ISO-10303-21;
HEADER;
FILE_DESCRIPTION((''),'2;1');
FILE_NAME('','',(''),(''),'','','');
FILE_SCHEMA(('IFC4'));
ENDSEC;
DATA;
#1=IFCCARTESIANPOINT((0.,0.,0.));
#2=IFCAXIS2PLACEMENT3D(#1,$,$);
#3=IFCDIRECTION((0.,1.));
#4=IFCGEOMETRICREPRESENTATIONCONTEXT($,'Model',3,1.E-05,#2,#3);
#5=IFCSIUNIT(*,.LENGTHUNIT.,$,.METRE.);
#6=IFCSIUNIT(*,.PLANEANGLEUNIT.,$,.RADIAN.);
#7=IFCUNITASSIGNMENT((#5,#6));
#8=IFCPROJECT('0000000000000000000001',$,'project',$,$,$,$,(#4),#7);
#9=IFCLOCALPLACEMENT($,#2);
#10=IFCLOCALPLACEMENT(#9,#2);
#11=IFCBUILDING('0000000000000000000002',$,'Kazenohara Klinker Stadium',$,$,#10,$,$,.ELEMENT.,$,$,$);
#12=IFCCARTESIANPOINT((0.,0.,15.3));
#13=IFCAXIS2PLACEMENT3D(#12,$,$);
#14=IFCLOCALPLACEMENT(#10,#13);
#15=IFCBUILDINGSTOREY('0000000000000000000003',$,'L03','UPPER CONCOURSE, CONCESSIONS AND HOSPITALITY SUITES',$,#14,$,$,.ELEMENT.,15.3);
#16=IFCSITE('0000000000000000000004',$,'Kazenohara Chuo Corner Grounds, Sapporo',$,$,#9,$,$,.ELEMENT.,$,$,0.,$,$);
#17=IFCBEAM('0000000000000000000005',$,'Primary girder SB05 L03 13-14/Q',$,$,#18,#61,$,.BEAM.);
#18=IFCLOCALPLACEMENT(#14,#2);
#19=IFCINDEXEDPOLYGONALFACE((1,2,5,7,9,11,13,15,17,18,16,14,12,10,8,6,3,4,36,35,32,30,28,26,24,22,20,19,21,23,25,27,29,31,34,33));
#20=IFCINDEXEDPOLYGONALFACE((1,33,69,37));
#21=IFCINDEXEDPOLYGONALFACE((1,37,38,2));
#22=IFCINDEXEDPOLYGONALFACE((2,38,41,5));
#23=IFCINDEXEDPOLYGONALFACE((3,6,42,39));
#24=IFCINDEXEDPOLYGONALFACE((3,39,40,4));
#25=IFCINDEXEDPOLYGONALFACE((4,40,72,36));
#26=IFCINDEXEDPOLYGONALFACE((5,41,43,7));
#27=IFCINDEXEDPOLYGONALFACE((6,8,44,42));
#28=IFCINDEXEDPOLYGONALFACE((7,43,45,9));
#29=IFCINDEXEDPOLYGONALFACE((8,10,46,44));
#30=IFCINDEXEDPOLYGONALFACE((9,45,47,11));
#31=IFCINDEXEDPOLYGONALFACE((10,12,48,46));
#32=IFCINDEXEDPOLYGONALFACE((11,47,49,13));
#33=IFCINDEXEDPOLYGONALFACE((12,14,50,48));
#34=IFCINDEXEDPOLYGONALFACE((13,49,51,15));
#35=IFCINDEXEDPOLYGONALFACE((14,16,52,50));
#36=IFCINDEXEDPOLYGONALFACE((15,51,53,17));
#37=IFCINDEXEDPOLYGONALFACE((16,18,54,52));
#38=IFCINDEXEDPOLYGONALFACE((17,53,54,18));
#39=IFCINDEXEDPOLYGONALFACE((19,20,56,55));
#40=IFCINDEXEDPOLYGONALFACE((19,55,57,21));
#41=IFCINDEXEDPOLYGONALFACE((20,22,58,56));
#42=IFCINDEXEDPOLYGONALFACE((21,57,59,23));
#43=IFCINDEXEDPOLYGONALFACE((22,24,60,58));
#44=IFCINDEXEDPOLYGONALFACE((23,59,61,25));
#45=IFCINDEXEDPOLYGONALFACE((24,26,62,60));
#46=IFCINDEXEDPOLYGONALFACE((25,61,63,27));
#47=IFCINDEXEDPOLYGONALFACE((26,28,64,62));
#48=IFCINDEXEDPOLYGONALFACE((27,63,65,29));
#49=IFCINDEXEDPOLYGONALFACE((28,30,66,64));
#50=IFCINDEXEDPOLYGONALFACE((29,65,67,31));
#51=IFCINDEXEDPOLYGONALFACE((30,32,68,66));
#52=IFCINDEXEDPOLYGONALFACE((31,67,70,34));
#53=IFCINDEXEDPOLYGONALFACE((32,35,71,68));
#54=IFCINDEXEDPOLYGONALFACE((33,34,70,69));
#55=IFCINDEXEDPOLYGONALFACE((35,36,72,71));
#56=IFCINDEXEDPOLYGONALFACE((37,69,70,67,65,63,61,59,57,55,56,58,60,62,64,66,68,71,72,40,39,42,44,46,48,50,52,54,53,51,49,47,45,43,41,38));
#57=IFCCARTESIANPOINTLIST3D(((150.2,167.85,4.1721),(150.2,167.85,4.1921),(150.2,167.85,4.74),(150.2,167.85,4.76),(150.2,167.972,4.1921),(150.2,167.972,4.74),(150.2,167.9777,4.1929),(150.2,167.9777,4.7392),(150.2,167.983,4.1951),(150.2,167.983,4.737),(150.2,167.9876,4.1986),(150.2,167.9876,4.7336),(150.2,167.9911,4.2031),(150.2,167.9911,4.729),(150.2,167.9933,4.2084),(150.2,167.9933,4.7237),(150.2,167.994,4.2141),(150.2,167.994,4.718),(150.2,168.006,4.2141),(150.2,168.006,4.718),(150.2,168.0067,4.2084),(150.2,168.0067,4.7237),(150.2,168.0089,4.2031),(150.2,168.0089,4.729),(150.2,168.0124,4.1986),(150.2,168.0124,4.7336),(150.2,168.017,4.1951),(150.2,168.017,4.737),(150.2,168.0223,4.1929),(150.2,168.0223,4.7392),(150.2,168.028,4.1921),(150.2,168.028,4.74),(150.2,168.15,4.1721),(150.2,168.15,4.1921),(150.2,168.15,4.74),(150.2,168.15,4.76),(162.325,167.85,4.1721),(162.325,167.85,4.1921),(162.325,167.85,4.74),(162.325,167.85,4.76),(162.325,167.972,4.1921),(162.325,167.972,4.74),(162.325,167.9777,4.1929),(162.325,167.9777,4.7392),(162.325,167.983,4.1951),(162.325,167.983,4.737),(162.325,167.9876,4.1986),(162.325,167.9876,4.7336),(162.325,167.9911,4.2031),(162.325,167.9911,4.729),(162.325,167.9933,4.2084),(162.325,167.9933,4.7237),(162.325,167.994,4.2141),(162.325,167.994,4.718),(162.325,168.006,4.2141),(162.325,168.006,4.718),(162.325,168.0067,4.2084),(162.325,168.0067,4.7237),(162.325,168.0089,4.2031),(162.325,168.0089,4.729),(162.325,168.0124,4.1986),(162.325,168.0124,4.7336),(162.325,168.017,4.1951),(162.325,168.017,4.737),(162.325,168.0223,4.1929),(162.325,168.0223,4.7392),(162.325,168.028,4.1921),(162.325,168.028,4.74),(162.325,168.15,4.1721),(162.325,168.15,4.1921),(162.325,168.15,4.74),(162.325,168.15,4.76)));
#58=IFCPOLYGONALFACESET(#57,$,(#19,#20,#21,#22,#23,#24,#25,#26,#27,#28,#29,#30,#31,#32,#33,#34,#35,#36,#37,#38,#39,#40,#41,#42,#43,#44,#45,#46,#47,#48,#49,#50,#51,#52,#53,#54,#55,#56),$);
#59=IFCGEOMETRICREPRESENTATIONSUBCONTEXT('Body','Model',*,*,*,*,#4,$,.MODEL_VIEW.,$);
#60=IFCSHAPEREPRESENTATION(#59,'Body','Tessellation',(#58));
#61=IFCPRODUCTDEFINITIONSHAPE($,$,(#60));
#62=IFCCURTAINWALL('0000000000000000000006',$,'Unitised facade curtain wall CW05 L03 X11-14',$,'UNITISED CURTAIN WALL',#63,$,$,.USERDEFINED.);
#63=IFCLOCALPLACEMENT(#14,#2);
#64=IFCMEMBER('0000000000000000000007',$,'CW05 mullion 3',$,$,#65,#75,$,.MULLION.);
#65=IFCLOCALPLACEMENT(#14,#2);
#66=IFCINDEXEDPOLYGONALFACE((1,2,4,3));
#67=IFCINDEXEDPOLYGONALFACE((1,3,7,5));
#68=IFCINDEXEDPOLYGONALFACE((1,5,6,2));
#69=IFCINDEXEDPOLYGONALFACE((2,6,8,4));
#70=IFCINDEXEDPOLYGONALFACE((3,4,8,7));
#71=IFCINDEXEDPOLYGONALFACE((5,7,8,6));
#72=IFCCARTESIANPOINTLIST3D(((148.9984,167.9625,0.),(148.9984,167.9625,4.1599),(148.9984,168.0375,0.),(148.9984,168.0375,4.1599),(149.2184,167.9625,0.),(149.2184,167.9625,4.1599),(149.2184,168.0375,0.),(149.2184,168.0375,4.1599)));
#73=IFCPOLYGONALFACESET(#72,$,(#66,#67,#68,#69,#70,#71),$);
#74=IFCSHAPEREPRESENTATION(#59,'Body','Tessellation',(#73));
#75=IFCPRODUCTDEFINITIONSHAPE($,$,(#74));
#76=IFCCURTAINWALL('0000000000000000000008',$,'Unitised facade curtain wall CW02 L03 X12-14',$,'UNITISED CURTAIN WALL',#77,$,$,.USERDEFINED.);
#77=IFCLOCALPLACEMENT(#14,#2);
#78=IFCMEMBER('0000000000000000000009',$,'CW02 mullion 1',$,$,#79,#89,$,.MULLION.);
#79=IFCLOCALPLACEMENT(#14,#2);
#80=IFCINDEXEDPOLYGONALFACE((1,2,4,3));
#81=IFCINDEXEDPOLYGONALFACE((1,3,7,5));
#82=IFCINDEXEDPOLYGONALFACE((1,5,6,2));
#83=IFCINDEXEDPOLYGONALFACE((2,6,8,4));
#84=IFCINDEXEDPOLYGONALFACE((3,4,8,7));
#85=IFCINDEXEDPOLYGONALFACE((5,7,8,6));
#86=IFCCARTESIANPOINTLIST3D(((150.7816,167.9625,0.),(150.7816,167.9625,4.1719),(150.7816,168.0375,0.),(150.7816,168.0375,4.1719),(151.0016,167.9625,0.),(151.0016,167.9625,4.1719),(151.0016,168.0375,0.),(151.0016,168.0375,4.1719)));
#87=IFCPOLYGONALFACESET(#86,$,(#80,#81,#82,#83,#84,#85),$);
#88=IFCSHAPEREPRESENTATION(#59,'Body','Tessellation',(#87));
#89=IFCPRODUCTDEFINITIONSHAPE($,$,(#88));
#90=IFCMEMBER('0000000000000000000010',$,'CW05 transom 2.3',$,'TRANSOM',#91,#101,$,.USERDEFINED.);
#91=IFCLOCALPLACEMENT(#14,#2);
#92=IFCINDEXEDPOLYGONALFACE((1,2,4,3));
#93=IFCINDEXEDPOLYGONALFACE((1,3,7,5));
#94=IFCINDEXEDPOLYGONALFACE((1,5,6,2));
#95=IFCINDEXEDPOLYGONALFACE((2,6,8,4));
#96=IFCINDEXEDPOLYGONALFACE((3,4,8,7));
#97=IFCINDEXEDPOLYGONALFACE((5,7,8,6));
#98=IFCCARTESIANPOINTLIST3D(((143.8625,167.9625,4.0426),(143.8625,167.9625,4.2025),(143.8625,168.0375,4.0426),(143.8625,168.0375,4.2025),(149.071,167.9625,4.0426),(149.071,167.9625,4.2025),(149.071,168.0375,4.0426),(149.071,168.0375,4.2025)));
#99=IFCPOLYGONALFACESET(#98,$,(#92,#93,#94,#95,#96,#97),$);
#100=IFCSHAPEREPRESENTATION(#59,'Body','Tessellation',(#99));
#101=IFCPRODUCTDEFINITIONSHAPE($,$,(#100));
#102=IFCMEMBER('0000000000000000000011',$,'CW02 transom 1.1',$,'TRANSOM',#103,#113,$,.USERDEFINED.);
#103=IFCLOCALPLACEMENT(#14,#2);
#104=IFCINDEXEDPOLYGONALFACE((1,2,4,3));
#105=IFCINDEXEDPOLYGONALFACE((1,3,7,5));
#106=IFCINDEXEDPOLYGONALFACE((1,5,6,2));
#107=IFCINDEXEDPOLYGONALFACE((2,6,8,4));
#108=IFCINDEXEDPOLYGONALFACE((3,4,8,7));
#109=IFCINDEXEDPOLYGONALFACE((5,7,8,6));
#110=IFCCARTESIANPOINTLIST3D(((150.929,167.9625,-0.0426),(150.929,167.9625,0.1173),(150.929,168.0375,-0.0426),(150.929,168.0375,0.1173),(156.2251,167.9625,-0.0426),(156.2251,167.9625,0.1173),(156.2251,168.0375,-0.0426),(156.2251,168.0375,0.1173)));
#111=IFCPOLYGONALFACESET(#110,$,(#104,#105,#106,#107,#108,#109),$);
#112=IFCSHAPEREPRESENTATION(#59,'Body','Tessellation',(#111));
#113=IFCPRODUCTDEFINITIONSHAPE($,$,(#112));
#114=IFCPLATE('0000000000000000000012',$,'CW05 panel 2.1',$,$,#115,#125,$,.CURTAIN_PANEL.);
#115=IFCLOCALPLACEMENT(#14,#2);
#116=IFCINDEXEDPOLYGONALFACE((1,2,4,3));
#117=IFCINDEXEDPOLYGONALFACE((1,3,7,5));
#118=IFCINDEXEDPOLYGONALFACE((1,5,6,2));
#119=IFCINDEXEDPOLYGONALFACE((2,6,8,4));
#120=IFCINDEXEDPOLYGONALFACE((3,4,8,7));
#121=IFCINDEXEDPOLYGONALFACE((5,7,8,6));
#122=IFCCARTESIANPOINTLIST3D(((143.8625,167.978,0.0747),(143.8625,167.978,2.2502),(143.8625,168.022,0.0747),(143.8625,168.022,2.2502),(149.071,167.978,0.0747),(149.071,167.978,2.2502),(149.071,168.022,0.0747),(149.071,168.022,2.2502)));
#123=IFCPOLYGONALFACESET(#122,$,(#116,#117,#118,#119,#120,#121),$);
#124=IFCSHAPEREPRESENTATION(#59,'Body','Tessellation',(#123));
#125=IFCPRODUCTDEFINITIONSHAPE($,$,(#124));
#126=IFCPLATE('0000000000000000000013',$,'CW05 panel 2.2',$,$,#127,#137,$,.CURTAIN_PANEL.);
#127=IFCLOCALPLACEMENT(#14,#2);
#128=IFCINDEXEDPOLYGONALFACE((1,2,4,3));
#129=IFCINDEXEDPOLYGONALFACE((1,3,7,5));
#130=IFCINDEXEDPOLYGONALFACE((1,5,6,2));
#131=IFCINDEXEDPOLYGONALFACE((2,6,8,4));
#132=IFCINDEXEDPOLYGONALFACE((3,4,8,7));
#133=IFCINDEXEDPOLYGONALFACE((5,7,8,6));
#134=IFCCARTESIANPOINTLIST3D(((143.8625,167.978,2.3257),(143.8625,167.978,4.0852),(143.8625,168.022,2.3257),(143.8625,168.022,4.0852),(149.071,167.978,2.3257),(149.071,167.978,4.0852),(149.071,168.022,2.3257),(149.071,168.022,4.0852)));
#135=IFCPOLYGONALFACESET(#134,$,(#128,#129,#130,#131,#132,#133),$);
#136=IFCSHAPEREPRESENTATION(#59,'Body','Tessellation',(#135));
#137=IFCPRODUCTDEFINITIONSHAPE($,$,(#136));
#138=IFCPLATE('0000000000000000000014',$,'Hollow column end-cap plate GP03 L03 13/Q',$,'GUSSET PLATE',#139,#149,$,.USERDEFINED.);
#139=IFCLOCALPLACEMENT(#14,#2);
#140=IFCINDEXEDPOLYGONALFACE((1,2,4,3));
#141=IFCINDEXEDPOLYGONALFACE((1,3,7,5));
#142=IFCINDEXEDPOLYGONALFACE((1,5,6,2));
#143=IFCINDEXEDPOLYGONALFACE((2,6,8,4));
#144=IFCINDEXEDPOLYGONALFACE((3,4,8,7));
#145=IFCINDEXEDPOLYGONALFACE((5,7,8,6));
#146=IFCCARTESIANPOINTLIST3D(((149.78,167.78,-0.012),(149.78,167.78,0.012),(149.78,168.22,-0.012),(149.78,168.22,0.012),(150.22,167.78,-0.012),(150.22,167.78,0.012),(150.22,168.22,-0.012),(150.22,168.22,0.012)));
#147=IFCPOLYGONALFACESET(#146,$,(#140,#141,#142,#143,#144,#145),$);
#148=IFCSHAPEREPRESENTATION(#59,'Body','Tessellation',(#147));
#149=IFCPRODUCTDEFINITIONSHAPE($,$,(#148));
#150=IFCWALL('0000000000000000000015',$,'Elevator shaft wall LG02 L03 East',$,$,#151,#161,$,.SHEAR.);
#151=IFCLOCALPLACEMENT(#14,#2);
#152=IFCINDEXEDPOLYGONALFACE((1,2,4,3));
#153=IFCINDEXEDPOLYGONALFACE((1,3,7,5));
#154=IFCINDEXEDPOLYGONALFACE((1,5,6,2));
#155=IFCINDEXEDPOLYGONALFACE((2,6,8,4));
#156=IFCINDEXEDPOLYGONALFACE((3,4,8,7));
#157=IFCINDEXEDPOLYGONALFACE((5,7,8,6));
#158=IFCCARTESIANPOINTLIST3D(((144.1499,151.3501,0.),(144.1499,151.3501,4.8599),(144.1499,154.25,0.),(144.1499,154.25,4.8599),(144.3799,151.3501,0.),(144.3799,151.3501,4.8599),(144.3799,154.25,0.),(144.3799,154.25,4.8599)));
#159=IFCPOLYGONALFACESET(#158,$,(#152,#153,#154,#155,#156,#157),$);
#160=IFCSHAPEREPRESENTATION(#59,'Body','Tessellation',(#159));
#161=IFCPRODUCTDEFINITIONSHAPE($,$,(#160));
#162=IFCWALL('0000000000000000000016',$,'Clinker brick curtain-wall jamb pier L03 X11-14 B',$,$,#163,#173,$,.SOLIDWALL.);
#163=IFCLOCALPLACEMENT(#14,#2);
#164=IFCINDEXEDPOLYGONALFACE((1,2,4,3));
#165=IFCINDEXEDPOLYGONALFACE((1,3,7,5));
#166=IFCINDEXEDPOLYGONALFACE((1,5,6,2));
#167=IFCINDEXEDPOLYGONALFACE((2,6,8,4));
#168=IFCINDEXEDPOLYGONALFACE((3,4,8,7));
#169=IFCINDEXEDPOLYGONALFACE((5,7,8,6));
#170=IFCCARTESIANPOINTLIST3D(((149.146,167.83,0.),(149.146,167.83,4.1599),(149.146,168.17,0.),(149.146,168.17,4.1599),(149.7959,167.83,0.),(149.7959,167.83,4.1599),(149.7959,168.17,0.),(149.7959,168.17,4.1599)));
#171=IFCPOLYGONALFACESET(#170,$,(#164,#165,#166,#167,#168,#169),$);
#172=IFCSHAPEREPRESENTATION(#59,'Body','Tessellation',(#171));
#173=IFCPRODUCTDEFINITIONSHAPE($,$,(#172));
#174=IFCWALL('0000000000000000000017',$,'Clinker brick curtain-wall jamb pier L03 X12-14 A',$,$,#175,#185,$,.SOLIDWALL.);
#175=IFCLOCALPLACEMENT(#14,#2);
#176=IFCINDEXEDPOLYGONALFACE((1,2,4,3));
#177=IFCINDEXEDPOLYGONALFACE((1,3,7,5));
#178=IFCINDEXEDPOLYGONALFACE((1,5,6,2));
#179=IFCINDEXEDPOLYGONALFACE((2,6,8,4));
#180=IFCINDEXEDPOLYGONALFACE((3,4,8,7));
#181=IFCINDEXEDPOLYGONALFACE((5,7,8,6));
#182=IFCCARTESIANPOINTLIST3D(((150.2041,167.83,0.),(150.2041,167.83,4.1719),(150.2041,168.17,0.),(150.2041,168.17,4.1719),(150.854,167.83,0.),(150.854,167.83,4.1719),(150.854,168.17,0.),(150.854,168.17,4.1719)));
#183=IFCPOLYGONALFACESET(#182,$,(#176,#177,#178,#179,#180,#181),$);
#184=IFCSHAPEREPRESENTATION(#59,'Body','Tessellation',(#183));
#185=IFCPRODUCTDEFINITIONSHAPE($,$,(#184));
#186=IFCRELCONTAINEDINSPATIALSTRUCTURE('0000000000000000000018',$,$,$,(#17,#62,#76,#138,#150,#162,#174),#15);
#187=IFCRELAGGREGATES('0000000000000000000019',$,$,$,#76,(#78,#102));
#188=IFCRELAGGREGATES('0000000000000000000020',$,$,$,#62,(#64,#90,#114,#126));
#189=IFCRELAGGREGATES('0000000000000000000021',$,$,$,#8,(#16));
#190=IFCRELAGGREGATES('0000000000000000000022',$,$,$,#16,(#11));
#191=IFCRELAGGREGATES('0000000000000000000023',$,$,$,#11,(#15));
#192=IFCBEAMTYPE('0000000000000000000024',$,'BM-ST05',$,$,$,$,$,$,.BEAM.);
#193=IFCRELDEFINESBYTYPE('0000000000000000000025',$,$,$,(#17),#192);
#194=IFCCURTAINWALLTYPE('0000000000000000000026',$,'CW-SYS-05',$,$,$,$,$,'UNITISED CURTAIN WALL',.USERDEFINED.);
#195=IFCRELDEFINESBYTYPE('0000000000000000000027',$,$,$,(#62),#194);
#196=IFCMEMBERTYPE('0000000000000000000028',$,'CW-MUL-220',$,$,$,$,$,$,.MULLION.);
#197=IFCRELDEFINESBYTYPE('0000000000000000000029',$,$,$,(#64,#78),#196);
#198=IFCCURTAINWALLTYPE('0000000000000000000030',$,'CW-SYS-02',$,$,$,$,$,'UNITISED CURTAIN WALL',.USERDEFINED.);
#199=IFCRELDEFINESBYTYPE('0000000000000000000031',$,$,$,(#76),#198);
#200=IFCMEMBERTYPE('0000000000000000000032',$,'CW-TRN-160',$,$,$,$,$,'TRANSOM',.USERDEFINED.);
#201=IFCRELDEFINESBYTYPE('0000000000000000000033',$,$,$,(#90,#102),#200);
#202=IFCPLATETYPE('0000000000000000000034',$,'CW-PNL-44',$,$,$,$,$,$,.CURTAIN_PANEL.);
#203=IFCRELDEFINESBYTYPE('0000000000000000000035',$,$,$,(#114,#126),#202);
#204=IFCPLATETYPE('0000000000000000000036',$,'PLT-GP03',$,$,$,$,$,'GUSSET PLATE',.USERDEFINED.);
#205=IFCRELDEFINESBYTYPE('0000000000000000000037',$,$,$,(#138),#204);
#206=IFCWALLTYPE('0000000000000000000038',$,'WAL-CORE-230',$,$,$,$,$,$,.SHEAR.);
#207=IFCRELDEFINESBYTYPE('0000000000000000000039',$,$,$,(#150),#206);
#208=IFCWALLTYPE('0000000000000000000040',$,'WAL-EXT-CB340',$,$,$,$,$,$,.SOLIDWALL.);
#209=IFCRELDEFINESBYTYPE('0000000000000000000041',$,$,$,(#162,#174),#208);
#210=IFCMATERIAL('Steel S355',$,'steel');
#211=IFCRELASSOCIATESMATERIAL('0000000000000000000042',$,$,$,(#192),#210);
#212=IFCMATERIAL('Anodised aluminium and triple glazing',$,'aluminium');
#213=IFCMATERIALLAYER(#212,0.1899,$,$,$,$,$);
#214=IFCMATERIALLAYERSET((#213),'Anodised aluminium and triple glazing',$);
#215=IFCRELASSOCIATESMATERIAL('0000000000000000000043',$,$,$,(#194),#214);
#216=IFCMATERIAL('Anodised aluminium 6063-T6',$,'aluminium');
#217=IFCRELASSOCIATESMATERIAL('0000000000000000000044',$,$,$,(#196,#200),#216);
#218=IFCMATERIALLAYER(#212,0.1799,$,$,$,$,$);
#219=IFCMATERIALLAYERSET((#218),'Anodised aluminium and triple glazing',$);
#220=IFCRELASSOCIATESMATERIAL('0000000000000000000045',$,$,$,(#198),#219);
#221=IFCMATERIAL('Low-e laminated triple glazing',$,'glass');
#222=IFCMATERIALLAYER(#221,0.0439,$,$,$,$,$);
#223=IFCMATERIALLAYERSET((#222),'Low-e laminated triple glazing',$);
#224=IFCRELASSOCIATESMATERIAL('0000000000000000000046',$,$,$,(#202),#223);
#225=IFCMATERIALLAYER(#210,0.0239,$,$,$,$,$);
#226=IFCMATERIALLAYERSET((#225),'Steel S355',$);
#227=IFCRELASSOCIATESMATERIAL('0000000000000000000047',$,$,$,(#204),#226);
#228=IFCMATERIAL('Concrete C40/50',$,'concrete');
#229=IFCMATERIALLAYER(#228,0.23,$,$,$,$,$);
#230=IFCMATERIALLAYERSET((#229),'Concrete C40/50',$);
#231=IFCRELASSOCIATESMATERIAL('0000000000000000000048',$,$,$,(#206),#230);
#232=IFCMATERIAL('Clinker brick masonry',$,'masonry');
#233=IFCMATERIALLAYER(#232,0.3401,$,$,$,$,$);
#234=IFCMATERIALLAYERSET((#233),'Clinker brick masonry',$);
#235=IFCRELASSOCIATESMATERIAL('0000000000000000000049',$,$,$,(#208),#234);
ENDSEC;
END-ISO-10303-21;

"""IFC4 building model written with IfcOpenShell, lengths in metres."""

from ifc_helpers import new_model, si_unit, direction, frame, frame_2d, origin, origin_2d, place, context, subcontext, project, spatial, rectangle, i_section, extrude, material, layer, layer_set, material_profile, profile_set, type_object, element, aggregate, save


model = new_model("IFC4")

# Units and contexts
model_context = context("Model", 3, precision=1e-05, world=origin(), true_north=direction((0.0, 1.0)))
body_context = subcontext(model_context, "Body", "Model", "MODEL_VIEW")
ifc_project = project(units=[si_unit("LENGTHUNIT", "METRE"), si_unit("PLANEANGLEUNIT", "RADIAN")], contexts=[model_context])

# Site, building, storey
site_placement = place(None, origin())
site = spatial("IfcSite", under=ifc_project, at=site_placement, Name="Kazenohara Chuo Corner Grounds, Sapporo", CompositionType="ELEMENT", RefElevation=0.0)
building_placement = place(site_placement, origin())
building = spatial("IfcBuilding", under=site, at=building_placement, Name="Kazenohara Klinker Stadium", CompositionType="ELEMENT")
storey_placement = place(building_placement, frame((0.0, 0.0, 15.3)))
storey = spatial("IfcBuildingStorey", under=building, at=storey_placement, Name="L03", Description="UPPER CONCOURSE, CONCESSIONS AND HOSPITALITY SUITES", CompositionType="ELEMENT", Elevation=15.3)

# Shared definitions
ifc_material_1 = material(Name="Concrete C40/50", Category="concrete")
ifc_material_2 = material(Name="Steel S355", Category="steel")

# Beam
ifc_material_profile_1 = material_profile(ifc_material_2, i_section(OverallWidth=0.3, OverallDepth=0.5879, WebThickness=0.012, FlangeThickness=0.02, FilletRadius=0.022, at=origin_2d()), Name="H-588x300x12x20")
ifc_profile_set_1 = profile_set([ifc_material_profile_1], Name="Steel S355")
beam_type_1 = type_object("IfcBeamType", Name="BM-ST05", PredefinedType="BEAM", material=ifc_profile_set_1)
beam_1_placement = place(storey_placement, frame((150.2, 168.0, 4.4661), z_axis=(1.0, 0.0, 0.0), x_axis=(0.0, 1.0, 0.0)))
element("IfcBeam", 1, at=beam_1_placement, inside=storey, type_object=beam_type_1, Name="Primary girder SB05 L03 13-14/Q", PredefinedType="BEAM", context=body_context, shape_type="SweptSolid", body=[
    extrude(i_section(OverallWidth=0.3, OverallDepth=0.5879, WebThickness=0.012, FlangeThickness=0.02, FilletRadius=0.022, at=origin_2d()), origin(), (0.0, 0.0, 1.0), 12.125),
])

# Curtain walls, members
ifc_material_3 = material(Name="Anodised aluminium and triple glazing", Category="aluminium")
ifc_layer_1 = layer(ifc_material_3, 0.1899)
ifc_layer_set_1 = layer_set([ifc_layer_1], Name="Anodised aluminium and triple glazing")
curtain_wall_type_1 = type_object("IfcCurtainWallType", Name="CW-SYS-05", ElementType="UNITISED CURTAIN WALL", PredefinedType="USERDEFINED", material=ifc_layer_set_1)
curtain_wall_1_placement = place(storey_placement, origin())
curtain_wall_1 = element("IfcCurtainWall", 2, at=curtain_wall_1_placement, inside=storey, type_object=curtain_wall_type_1, Name="Unitised facade curtain wall CW05 L03 X11-14", ObjectType="UNITISED CURTAIN WALL", PredefinedType="USERDEFINED")
ifc_material_4 = material(Name="Anodised aluminium 6063-T6", Category="aluminium")
ifc_material_profile_2 = material_profile(ifc_material_4, rectangle(XDim=0.075, YDim=0.22, at=origin_2d()), Name="ALU-MUL-75x220")
ifc_profile_set_2 = profile_set([ifc_material_profile_2], Name="Anodised aluminium 6063-T6")
member_type_1 = type_object("IfcMemberType", Name="CW-MUL-220", PredefinedType="MULLION", material=ifc_profile_set_2)
member_1_placement = place(storey_placement, frame((149.1084, 168.0, 0.0), z_axis=(0.0, 0.0, 1.0), x_axis=(0.0, 1.0, 0.0)))
member_1 = element("IfcMember", 3, at=member_1_placement, type_object=member_type_1, Name="CW05 mullion 3", PredefinedType="MULLION", context=body_context, shape_type="SweptSolid", body=[
    extrude(rectangle(XDim=0.075, YDim=0.22, at=origin_2d()), origin(), (0.0, 0.0, 1.0), 4.1599),
])
ifc_layer_2 = layer(ifc_material_3, 0.1799)
ifc_layer_set_2 = layer_set([ifc_layer_2], Name="Anodised aluminium and triple glazing")
curtain_wall_type_2 = type_object("IfcCurtainWallType", Name="CW-SYS-02", ElementType="UNITISED CURTAIN WALL", PredefinedType="USERDEFINED", material=ifc_layer_set_2)
curtain_wall_2_placement = place(storey_placement, origin())
curtain_wall_2 = element("IfcCurtainWall", 4, at=curtain_wall_2_placement, inside=storey, type_object=curtain_wall_type_2, Name="Unitised facade curtain wall CW02 L03 X12-14", ObjectType="UNITISED CURTAIN WALL", PredefinedType="USERDEFINED")
member_2_placement = place(storey_placement, frame((150.8916, 168.0, 0.0), z_axis=(0.0, 0.0, 1.0), x_axis=(0.0, 1.0, 0.0)))
member_2 = element("IfcMember", 5, at=member_2_placement, type_object=member_type_1, Name="CW02 mullion 1", PredefinedType="MULLION", context=body_context, shape_type="SweptSolid", body=[
    extrude(rectangle(XDim=0.075, YDim=0.22, at=origin_2d()), origin(), (0.0, 0.0, 1.0), 4.1719),
])

# Members
ifc_material_profile_3 = material_profile(ifc_material_4, rectangle(XDim=0.075, YDim=0.1599, at=origin_2d()), Name="ALU-TRN-75x160")
ifc_profile_set_3 = profile_set([ifc_material_profile_3], Name="Anodised aluminium 6063-T6")
member_type_2 = type_object("IfcMemberType", Name="CW-TRN-160", ElementType="TRANSOM", PredefinedType="USERDEFINED", material=ifc_profile_set_3)
member_3_placement = place(storey_placement, frame((143.8625, 168.0, 4.1226), z_axis=(1.0, 0.0, 0.0), x_axis=(0.0, 1.0, 0.0)))
member_3 = element("IfcMember", 6, at=member_3_placement, type_object=member_type_2, Name="CW05 transom 2.3", ObjectType="TRANSOM", PredefinedType="USERDEFINED", context=body_context, shape_type="SweptSolid", body=[
    extrude(rectangle(XDim=0.075, YDim=0.1599, at=origin_2d()), origin(), (0.0, 0.0, 1.0), 5.2085),
])
member_4_placement = place(storey_placement, frame((150.929, 168.0, 0.0374), z_axis=(1.0, 0.0, 0.0), x_axis=(0.0, 1.0, 0.0)))
member_4 = element("IfcMember", 7, at=member_4_placement, type_object=member_type_2, Name="CW02 transom 1.1", ObjectType="TRANSOM", PredefinedType="USERDEFINED", context=body_context, shape_type="SweptSolid", body=[
    extrude(rectangle(XDim=0.075, YDim=0.1599, at=origin_2d()), origin(), (0.0, 0.0, 1.0), 5.2961),
])
aggregate(curtain_wall_2, [member_2, member_4])

# Plates
ifc_material_5 = material(Name="Low-e laminated triple glazing", Category="glass")
ifc_layer_3 = layer(ifc_material_5, 0.0439)
ifc_layer_set_3 = layer_set([ifc_layer_3], Name="Low-e laminated triple glazing")
plate_type_1 = type_object("IfcPlateType", Name="CW-PNL-44", PredefinedType="CURTAIN_PANEL", material=ifc_layer_set_3)
plate_1_placement = place(storey_placement, frame((146.4668, 168.0, 0.0747), z_axis=(0.0, 0.0, 1.0), x_axis=(1.0, 0.0, 0.0)))
plate_1 = element("IfcPlate", 8, at=plate_1_placement, type_object=plate_type_1, Name="CW05 panel 2.1", PredefinedType="CURTAIN_PANEL", context=body_context, shape_type="SweptSolid", body=[
    extrude(rectangle(XDim=5.2085, YDim=0.0439, at=origin_2d()), origin(), (0.0, 0.0, 1.0), 2.1755),
])
plate_2_placement = place(storey_placement, frame((146.4668, 168.0, 2.3257), z_axis=(0.0, 0.0, 1.0), x_axis=(1.0, 0.0, 0.0)))
plate_2 = element("IfcPlate", 9, at=plate_2_placement, type_object=plate_type_1, Name="CW05 panel 2.2", PredefinedType="CURTAIN_PANEL", context=body_context, shape_type="SweptSolid", body=[
    extrude(rectangle(XDim=5.2085, YDim=0.0439, at=origin_2d()), origin(), (0.0, 0.0, 1.0), 1.7595),
])
aggregate(curtain_wall_1, [member_1, member_3, plate_1, plate_2])
ifc_layer_4 = layer(ifc_material_2, 0.0239)
ifc_layer_set_4 = layer_set([ifc_layer_4], Name="Steel S355")
plate_type_2 = type_object("IfcPlateType", Name="PLT-GP03", ElementType="GUSSET PLATE", PredefinedType="USERDEFINED", material=ifc_layer_set_4)
plate_3_placement = place(storey_placement, frame((150.0, 168.0, -0.012), z_axis=(0.0, 0.0, 1.0), x_axis=(1.0, 0.0, 0.0)))
element("IfcPlate", 10, at=plate_3_placement, inside=storey, type_object=plate_type_2, Name="Hollow column end-cap plate GP03 L03 13/Q", ObjectType="GUSSET PLATE", PredefinedType="USERDEFINED", context=body_context, shape_type="SweptSolid", body=[
    extrude(rectangle(XDim=0.4399, YDim=0.4399, at=origin_2d()), origin(), (0.0, 0.0, 1.0), 0.0239),
])

# Walls
ifc_layer_5 = layer(ifc_material_1, 0.23)
ifc_layer_set_5 = layer_set([ifc_layer_5], Name="Concrete C40/50")
wall_type_1 = type_object("IfcWallType", Name="WAL-CORE-230", PredefinedType="SHEAR", material=ifc_layer_set_5)
wall_1_placement = place(storey_placement, frame((144.2649, 151.3501, 0.0), z_axis=(0.0, 0.0, 1.0), x_axis=(0.0, 1.0, 0.0)))
element("IfcWall", 11, at=wall_1_placement, inside=storey, type_object=wall_type_1, Name="Elevator shaft wall LG02 L03 East", PredefinedType="SHEAR", context=body_context, shape_type="SweptSolid", body=[
    extrude(rectangle(XDim=2.8999, YDim=0.23, at=frame_2d((1.45, 0.0))), origin(), (0.0, 0.0, 1.0), 4.8599),
])
ifc_material_6 = material(Name="Clinker brick masonry", Category="masonry")
ifc_layer_6 = layer(ifc_material_6, 0.3401)
ifc_layer_set_6 = layer_set([ifc_layer_6], Name="Clinker brick masonry")
wall_type_2 = type_object("IfcWallType", Name="WAL-EXT-CB340", PredefinedType="SOLIDWALL", material=ifc_layer_set_6)
wall_2_placement = place(storey_placement, frame((149.146, 168.0, 0.0), z_axis=(0.0, 0.0, 1.0), x_axis=(1.0, 0.0, 0.0)))
element("IfcWall", 12, at=wall_2_placement, inside=storey, type_object=wall_type_2, Name="Clinker brick curtain-wall jamb pier L03 X11-14 B", PredefinedType="SOLIDWALL", context=body_context, shape_type="SweptSolid", body=[
    extrude(rectangle(XDim=0.6499, YDim=0.3401, at=frame_2d((0.325, 0.0))), origin(), (0.0, 0.0, 1.0), 4.1599),
])
wall_3_placement = place(storey_placement, frame((150.2041, 168.0, 0.0), z_axis=(0.0, 0.0, 1.0), x_axis=(1.0, 0.0, 0.0)))
element("IfcWall", 13, at=wall_3_placement, inside=storey, type_object=wall_type_2, Name="Clinker brick curtain-wall jamb pier L03 X12-14 A", PredefinedType="SOLIDWALL", context=body_context, shape_type="SweptSolid", body=[
    extrude(rectangle(XDim=0.6499, YDim=0.3401, at=frame_2d((0.325, 0.0))), origin(), (0.0, 0.0, 1.0), 4.1719),
])

save(model, "model.ifc")
